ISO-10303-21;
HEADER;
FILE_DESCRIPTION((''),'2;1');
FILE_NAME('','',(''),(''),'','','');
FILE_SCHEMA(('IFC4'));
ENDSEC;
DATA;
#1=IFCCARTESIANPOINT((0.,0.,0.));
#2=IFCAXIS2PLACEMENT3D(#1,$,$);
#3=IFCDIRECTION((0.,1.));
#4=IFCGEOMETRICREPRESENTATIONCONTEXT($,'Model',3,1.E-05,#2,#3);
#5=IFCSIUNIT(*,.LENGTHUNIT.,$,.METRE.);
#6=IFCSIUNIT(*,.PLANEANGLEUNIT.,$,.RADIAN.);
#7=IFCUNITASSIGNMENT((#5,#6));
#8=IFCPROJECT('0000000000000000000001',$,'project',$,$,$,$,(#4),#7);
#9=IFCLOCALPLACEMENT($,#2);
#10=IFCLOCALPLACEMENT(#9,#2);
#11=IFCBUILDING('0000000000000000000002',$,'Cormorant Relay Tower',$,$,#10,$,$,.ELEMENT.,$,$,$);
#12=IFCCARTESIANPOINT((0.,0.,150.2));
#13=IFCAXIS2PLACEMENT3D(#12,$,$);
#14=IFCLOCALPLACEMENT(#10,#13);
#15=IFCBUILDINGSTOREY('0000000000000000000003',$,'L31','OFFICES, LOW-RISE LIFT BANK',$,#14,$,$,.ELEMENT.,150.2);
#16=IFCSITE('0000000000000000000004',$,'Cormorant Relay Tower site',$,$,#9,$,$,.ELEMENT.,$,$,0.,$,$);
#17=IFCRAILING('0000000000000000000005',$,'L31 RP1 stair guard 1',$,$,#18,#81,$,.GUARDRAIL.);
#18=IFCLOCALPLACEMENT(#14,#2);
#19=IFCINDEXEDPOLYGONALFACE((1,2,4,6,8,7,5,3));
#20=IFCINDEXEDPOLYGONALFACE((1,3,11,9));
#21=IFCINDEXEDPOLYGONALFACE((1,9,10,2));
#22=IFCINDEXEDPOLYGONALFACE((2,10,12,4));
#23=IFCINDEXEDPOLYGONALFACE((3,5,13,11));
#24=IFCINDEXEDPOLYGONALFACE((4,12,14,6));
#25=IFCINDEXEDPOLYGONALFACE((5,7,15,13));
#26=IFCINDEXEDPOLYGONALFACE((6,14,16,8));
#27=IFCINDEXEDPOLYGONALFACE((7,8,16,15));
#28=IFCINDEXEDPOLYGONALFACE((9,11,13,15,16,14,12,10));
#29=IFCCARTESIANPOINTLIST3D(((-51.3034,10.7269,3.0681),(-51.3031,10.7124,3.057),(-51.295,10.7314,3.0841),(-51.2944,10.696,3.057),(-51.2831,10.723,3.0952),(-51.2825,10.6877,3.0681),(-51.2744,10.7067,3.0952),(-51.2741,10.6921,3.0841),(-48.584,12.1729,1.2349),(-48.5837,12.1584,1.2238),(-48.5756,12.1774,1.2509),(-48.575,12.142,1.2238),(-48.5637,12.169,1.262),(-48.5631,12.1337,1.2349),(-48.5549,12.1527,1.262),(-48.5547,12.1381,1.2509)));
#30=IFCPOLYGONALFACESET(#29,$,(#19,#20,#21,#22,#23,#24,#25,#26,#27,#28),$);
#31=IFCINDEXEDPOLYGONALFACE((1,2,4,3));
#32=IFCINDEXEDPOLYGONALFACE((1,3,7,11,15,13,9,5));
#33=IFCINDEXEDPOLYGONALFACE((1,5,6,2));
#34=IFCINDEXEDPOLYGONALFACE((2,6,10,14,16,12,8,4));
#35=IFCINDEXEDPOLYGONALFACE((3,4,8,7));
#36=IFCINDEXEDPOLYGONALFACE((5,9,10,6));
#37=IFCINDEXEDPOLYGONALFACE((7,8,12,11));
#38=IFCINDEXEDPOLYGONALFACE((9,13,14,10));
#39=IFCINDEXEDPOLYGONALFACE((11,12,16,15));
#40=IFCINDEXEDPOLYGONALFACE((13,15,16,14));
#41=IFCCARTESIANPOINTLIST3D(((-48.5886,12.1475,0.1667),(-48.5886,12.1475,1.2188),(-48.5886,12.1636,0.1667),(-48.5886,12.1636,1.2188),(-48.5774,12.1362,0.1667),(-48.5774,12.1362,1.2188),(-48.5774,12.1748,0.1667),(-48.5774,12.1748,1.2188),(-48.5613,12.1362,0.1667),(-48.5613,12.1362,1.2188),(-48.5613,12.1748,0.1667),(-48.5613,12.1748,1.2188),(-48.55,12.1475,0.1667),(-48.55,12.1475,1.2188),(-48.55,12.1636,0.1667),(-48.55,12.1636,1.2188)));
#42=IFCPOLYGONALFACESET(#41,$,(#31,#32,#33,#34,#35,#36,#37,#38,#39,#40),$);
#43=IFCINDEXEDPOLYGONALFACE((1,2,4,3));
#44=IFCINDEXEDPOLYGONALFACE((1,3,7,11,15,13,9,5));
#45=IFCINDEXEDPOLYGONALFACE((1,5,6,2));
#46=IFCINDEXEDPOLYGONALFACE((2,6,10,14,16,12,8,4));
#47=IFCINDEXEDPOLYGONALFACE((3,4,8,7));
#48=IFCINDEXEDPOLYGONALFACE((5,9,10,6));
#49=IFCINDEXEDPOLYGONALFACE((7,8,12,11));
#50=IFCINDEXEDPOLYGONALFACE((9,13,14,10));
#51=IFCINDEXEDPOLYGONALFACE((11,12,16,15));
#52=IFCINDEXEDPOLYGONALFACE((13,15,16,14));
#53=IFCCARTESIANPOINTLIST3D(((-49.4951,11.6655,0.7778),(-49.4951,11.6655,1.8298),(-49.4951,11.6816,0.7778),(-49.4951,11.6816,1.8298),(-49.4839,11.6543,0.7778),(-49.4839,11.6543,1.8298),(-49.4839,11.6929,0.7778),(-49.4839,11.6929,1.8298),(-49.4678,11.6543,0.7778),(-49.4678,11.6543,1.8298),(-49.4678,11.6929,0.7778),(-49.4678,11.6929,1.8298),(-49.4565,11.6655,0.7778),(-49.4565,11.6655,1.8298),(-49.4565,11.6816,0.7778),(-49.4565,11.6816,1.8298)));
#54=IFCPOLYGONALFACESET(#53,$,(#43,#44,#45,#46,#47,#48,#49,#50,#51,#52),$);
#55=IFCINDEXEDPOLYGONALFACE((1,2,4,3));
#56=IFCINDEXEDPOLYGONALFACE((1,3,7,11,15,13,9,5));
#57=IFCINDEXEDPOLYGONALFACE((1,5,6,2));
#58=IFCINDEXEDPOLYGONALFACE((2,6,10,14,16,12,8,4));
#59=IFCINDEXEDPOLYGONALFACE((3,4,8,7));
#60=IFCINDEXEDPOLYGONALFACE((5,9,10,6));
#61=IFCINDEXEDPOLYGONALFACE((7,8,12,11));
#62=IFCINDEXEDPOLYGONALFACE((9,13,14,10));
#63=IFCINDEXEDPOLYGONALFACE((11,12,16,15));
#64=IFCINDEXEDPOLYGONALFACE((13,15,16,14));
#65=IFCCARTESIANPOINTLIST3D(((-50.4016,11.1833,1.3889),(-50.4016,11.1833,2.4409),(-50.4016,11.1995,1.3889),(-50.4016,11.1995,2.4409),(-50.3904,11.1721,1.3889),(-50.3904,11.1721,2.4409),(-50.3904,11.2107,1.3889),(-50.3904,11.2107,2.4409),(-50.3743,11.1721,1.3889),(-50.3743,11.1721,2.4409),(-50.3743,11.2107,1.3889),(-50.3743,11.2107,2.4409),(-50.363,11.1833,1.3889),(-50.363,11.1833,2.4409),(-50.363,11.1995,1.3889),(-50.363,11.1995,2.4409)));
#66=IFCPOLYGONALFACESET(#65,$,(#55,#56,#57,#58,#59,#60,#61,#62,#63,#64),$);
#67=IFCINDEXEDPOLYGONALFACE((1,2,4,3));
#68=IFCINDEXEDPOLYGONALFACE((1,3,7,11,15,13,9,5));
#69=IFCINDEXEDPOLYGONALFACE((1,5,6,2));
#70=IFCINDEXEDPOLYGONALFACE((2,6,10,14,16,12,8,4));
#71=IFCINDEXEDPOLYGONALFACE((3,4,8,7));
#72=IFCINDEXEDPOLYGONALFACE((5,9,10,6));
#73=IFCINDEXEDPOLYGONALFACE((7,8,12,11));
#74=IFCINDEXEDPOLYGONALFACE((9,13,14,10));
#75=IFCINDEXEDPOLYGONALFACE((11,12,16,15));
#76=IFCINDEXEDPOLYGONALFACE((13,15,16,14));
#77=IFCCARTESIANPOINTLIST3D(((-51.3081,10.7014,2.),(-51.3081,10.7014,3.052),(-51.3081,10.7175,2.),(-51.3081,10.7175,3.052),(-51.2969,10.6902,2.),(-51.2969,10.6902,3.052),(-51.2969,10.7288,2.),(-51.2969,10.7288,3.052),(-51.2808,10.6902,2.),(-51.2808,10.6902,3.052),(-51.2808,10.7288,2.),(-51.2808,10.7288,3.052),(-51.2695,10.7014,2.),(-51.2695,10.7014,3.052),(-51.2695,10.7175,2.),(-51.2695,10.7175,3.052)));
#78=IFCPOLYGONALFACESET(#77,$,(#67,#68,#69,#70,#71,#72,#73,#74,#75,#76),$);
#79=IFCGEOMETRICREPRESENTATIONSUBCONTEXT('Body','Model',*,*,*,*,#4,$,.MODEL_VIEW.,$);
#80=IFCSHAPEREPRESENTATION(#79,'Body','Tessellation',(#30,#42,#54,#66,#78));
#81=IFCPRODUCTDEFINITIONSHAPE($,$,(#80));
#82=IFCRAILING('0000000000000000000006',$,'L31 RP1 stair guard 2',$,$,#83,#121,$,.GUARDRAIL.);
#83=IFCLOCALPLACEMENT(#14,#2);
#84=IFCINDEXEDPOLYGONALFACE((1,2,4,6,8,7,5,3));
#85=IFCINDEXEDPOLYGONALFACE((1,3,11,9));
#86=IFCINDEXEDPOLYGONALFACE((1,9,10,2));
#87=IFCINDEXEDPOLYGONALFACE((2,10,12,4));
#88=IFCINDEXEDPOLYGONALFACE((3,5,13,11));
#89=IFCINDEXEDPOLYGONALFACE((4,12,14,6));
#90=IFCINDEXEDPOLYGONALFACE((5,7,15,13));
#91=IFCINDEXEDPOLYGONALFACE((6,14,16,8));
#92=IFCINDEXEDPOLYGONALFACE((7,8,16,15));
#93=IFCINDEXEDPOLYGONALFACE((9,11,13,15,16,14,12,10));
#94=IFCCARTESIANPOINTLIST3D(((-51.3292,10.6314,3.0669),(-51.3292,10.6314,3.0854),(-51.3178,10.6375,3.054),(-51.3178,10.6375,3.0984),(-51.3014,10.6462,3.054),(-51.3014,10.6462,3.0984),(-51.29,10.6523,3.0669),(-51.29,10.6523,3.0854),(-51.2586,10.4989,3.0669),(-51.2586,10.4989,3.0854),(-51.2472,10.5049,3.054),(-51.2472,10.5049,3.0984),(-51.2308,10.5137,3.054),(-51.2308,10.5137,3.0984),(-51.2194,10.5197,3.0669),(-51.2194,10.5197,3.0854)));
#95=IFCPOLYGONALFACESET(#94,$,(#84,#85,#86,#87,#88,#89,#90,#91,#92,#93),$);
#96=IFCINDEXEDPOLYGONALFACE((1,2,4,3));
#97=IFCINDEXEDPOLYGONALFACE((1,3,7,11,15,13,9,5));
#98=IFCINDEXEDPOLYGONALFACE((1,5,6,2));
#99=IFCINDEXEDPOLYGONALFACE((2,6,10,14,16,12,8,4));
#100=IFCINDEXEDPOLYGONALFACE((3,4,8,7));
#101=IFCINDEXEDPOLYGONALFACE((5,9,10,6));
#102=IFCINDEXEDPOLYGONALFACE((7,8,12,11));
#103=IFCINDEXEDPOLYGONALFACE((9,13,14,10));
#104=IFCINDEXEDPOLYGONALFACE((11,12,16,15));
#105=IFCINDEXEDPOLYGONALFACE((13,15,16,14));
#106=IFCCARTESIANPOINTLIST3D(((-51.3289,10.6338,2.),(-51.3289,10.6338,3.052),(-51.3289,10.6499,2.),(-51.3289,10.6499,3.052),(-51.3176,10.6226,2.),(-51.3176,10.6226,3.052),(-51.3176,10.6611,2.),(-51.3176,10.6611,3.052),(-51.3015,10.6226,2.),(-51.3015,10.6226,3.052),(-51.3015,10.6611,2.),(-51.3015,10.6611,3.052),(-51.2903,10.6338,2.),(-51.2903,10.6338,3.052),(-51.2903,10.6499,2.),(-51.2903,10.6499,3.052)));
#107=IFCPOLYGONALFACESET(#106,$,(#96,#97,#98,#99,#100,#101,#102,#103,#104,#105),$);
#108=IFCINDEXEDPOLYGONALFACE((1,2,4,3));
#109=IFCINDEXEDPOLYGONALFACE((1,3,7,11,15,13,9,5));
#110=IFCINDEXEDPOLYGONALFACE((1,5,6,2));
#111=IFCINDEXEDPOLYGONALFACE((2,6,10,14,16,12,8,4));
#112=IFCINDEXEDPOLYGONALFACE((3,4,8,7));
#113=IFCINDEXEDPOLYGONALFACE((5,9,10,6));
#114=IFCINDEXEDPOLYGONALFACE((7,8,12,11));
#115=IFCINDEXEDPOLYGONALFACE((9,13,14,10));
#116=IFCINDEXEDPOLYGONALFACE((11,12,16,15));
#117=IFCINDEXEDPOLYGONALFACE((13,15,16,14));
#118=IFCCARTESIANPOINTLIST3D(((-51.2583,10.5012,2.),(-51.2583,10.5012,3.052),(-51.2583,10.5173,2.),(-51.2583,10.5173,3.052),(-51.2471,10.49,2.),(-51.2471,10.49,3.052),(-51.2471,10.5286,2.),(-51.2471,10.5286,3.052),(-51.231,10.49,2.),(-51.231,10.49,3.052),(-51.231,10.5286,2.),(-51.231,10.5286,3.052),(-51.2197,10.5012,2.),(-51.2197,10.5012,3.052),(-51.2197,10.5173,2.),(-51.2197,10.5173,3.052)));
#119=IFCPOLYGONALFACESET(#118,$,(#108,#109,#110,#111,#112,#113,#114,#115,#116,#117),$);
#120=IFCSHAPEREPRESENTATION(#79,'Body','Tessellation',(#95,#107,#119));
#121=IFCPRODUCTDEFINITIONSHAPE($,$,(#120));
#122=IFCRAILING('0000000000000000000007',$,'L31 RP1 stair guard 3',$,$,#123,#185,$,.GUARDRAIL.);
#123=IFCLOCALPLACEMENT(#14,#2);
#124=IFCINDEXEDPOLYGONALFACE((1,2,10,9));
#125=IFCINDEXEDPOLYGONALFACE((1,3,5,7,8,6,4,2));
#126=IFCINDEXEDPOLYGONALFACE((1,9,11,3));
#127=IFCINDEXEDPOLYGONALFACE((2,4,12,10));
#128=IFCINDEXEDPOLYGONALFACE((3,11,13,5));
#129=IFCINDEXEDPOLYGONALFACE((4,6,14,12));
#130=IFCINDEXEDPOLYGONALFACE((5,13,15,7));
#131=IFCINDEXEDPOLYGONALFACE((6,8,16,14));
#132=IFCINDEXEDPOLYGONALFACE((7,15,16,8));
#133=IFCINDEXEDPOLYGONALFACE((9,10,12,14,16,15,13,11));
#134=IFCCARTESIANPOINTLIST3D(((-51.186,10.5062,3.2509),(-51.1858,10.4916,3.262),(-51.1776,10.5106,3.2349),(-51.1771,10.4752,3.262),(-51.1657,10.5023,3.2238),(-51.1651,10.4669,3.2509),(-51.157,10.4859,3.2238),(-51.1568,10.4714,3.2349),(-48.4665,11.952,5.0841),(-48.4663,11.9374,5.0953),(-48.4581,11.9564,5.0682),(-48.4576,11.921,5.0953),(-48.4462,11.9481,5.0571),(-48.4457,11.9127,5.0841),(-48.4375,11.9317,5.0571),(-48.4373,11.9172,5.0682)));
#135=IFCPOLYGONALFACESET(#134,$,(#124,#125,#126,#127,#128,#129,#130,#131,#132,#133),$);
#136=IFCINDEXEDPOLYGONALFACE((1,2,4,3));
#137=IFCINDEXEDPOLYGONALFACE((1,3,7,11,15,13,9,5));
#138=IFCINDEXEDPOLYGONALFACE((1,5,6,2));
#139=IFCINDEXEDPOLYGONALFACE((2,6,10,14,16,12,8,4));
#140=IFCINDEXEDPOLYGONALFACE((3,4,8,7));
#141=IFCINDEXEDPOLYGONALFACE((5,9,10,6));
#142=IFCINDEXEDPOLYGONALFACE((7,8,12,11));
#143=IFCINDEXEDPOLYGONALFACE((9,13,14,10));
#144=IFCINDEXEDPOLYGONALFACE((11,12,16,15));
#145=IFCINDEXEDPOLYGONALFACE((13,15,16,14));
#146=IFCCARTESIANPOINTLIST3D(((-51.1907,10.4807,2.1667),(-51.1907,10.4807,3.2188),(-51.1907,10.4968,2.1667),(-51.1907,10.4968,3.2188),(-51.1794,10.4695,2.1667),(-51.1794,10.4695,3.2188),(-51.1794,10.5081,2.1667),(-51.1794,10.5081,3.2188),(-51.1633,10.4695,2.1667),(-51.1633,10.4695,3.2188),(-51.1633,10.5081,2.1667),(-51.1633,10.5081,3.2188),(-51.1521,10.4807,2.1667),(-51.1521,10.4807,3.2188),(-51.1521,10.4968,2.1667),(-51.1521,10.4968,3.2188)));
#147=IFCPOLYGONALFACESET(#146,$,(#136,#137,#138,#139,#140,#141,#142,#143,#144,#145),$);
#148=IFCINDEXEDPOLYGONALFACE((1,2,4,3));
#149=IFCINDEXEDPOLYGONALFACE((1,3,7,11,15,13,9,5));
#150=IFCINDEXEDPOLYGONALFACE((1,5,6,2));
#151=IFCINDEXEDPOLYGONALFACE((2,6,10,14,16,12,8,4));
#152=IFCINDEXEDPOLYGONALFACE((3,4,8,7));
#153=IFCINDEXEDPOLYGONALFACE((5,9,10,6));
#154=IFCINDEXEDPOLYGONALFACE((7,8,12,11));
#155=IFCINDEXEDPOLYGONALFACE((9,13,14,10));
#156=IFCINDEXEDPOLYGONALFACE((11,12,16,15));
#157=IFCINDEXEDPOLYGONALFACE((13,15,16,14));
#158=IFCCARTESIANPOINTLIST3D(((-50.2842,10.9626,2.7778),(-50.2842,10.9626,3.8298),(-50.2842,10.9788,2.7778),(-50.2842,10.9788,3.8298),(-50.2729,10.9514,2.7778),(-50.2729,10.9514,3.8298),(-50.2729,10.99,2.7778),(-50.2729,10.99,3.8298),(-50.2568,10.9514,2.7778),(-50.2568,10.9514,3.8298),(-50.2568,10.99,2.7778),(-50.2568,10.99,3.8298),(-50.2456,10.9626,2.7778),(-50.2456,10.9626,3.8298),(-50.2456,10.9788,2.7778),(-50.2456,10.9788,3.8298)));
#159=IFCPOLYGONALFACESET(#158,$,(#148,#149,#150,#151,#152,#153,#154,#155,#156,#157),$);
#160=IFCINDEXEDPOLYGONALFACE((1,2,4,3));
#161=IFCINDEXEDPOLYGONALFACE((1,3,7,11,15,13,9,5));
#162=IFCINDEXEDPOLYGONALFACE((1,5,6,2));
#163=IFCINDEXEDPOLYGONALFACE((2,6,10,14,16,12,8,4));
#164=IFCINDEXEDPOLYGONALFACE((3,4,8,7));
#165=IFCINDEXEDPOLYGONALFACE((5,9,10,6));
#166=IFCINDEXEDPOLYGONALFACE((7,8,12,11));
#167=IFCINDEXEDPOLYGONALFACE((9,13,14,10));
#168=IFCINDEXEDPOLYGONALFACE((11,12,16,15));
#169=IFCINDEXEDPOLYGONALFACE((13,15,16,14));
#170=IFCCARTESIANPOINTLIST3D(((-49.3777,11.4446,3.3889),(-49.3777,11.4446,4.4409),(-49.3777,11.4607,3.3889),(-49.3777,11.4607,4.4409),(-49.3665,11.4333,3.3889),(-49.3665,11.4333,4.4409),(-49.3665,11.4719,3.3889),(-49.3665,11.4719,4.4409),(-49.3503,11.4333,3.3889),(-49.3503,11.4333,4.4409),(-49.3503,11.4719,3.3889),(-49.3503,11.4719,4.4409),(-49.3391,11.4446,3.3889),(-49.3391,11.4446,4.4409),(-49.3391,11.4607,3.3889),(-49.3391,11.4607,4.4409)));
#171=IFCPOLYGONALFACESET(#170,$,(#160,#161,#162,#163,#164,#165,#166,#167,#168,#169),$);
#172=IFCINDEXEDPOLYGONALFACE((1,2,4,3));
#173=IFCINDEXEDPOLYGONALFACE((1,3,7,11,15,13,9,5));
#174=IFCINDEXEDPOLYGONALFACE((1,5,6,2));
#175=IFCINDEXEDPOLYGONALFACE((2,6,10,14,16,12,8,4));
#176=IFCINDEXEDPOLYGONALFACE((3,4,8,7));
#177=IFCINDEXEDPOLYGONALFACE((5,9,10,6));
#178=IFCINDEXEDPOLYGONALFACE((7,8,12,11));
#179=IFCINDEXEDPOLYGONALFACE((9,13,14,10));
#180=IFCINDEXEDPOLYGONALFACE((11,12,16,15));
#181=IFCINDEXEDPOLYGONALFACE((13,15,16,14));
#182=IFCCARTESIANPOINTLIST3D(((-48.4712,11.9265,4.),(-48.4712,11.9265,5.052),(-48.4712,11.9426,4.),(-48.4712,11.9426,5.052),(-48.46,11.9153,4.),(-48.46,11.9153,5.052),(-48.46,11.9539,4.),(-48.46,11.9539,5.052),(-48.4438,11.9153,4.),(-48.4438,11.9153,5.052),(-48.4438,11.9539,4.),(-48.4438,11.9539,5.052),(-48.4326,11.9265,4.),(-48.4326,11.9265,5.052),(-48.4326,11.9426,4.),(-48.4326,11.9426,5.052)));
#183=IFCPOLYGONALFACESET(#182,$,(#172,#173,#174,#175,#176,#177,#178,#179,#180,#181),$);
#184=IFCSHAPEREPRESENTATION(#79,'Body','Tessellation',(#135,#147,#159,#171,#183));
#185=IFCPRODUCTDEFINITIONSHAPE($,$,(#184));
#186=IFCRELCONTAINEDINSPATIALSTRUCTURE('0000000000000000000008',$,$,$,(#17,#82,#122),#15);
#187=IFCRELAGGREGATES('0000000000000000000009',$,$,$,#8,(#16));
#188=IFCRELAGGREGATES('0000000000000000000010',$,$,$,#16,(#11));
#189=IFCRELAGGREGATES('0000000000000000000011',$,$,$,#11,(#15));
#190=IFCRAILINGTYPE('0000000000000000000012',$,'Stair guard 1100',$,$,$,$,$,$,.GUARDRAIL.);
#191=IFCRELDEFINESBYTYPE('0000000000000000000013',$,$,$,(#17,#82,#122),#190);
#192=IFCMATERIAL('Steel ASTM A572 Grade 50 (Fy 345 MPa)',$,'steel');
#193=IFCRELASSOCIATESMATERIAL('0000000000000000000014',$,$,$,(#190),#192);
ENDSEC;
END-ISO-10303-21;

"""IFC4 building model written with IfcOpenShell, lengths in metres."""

from ifc_helpers import new_model, si_unit, direction, frame, origin, place, context, subcontext, project, spatial, polyline, outline, extrude, material, type_object, element, save


model = new_model("IFC4")

# Units and contexts
model_context = context("Model", 3, precision=1e-05, world=origin(), true_north=direction((0.0, 1.0)))
body_context = subcontext(model_context, "Body", "Model", "MODEL_VIEW")
ifc_project = project(units=[si_unit("LENGTHUNIT", "METRE"), si_unit("PLANEANGLEUNIT", "RADIAN")], contexts=[model_context])

# Site, building, storey
site_placement = place(None, origin())
site = spatial("IfcSite", under=ifc_project, at=site_placement, Name="Cormorant Relay Tower site", CompositionType="ELEMENT", RefElevation=0.0)
building_placement = place(site_placement, origin())
building = spatial("IfcBuilding", under=site, at=building_placement, Name="Cormorant Relay Tower", CompositionType="ELEMENT")
storey_placement = place(building_placement, frame((0.0, 0.0, 150.2)))
storey = spatial("IfcBuildingStorey", under=building, at=storey_placement, Name="L31", Description="OFFICES, LOW-RISE LIFT BANK", CompositionType="ELEMENT", Elevation=150.2)

# Railings
ifc_material_1 = material(Name="Steel ASTM A572 Grade 50 (Fy 345 MPa)", Category="steel")
railing_type_1 = type_object("IfcRailingType", Name="Stair guard 1100", PredefinedType="GUARDRAIL", material=ifc_material_1)
railing_1_placement = place(storey_placement, frame((-48.5693, 12.1555, 0.1667)))
element("IfcRailing", 1, at=railing_1_placement, inside=storey, type_object=railing_type_1, Name="L31 RP1 stair guard 1", PredefinedType="GUARDRAIL", context=body_context, shape_type="SweptSolid", body=[
    extrude(outline(polyline([(0.0222, 0.0093), (0.0093, 0.0222), (-0.0093, 0.0222), (-0.0222, 0.0093), (-0.0222, -0.0093), (-0.0093, -0.0222), (0.0093, -0.0222), (0.0222, -0.0093), (0.0222, 0.0093)])), frame((0.0, 0.0, 1.0762), z_axis=(-0.758714, -0.403435, 0.511463), x_axis=(0.469489, -0.882938, 0.0)), (0.0, 0.0, 1.0), 3.5842),
    extrude(outline(polyline([(0.0193, 0.0081), (0.0081, 0.0193), (-0.0081, 0.0193), (-0.0193, 0.0081), (-0.0193, -0.0081), (-0.0081, -0.0193), (0.0081, -0.0193), (0.0193, -0.0081), (0.0193, 0.0081)])), origin(), (0.0, 0.0, 1.0), 1.052),
    extrude(outline(polyline([(0.0193, 0.0081), (0.0081, 0.0193), (-0.0081, 0.0193), (-0.0193, 0.0081), (-0.0193, -0.0081), (-0.0081, -0.0193), (0.0081, -0.0193), (0.0193, -0.0081), (0.0193, 0.0081)])), frame((-0.9065, -0.4819, 0.6111)), (0.0, 0.0, 1.0), 1.052),
    extrude(outline(polyline([(0.0193, 0.0081), (0.0081, 0.0193), (-0.0081, 0.0193), (-0.0193, 0.0081), (-0.0193, -0.0081), (-0.0081, -0.0193), (0.0081, -0.0193), (0.0193, -0.0081), (0.0193, 0.0081)])), frame((-1.813, -0.9641, 1.2222)), (0.0, 0.0, 1.0), 1.052),
    extrude(outline(polyline([(0.0193, 0.0081), (0.0081, 0.0193), (-0.0081, 0.0193), (-0.0193, 0.0081), (-0.0193, -0.0081), (-0.0081, -0.0193), (0.0081, -0.0193), (0.0193, -0.0081), (0.0193, 0.0081)])), frame((-2.7195, -1.446, 1.8333)), (0.0, 0.0, 1.0), 1.052),
])
railing_2_placement = place(storey_placement, frame((-51.3096, 10.6418, 2.0)))
element("IfcRailing", 2, at=railing_2_placement, inside=storey, type_object=railing_type_1, Name="L31 RP1 stair guard 2", PredefinedType="GUARDRAIL", context=body_context, shape_type="SweptSolid", body=[
    extrude(outline(polyline([(0.0222, 0.0093), (0.0093, 0.0222), (-0.0093, 0.0222), (-0.0222, 0.0093), (-0.0222, -0.0093), (-0.0093, -0.0222), (0.0093, -0.0222), (0.0222, -0.0093), (0.0222, 0.0093)])), frame((0.0, 0.0, 1.0762), z_axis=(0.469829, -0.882758, 0.0), x_axis=(0.882758, 0.469829, 0.0)), (0.0, 0.0, 1.0), 0.1501),
    extrude(outline(polyline([(0.0193, 0.0081), (0.0081, 0.0193), (-0.0081, 0.0193), (-0.0193, 0.0081), (-0.0193, -0.0081), (-0.0081, -0.0193), (0.0081, -0.0193), (0.0193, -0.0081), (0.0193, 0.0081)])), origin(), (0.0, 0.0, 1.0), 1.052),
    extrude(outline(polyline([(0.0193, 0.0081), (0.0081, 0.0193), (-0.0081, 0.0193), (-0.0193, 0.0081), (-0.0193, -0.0081), (-0.0081, -0.0193), (0.0081, -0.0193), (0.0193, -0.0081), (0.0193, 0.0081)])), frame((0.0706, -0.1326, 0.0)), (0.0, 0.0, 1.0), 1.052),
])
railing_3_placement = place(storey_placement, frame((-51.1714, 10.4888, 2.1667)))
element("IfcRailing", 3, at=railing_3_placement, inside=storey, type_object=railing_type_1, Name="L31 RP1 stair guard 3", PredefinedType="GUARDRAIL", context=body_context, shape_type="SweptSolid", body=[
    extrude(outline(polyline([(0.0222, 0.0093), (0.0093, 0.0222), (-0.0093, 0.0222), (-0.0222, 0.0093), (-0.0222, -0.0093), (-0.0093, -0.0222), (0.0093, -0.0222), (0.0222, -0.0093), (0.0222, 0.0093)])), frame((0.0, 0.0, 1.0762), z_axis=(0.758735, 0.403378, 0.511477), x_axis=(-0.469428, 0.882971, 0.0)), (0.0, 0.0, 1.0), 3.5842),
    extrude(outline(polyline([(0.0193, 0.0081), (0.0081, 0.0193), (-0.0081, 0.0193), (-0.0193, 0.0081), (-0.0193, -0.0081), (-0.0081, -0.0193), (0.0081, -0.0193), (0.0193, -0.0081), (0.0193, 0.0081)])), origin(), (0.0, 0.0, 1.0), 1.052),
    extrude(outline(polyline([(0.0193, 0.0081), (0.0081, 0.0193), (-0.0081, 0.0193), (-0.0193, 0.0081), (-0.0193, -0.0081), (-0.0081, -0.0193), (0.0081, -0.0193), (0.0193, -0.0081), (0.0193, 0.0081)])), frame((0.9065, 0.4819, 0.6111)), (0.0, 0.0, 1.0), 1.052),
    extrude(outline(polyline([(0.0193, 0.0081), (0.0081, 0.0193), (-0.0081, 0.0193), (-0.0193, 0.0081), (-0.0193, -0.0081), (-0.0081, -0.0193), (0.0081, -0.0193), (0.0193, -0.0081), (0.0193, 0.0081)])), frame((1.813, 0.9639, 1.2222)), (0.0, 0.0, 1.0), 1.052),
    extrude(outline(polyline([(0.0193, 0.0081), (0.0081, 0.0193), (-0.0081, 0.0193), (-0.0193, 0.0081), (-0.0193, -0.0081), (-0.0081, -0.0193), (0.0081, -0.0193), (0.0193, -0.0081), (0.0193, 0.0081)])), frame((2.7195, 1.4458, 1.8333)), (0.0, 0.0, 1.0), 1.052),
])

save(model, "model.ifc")
